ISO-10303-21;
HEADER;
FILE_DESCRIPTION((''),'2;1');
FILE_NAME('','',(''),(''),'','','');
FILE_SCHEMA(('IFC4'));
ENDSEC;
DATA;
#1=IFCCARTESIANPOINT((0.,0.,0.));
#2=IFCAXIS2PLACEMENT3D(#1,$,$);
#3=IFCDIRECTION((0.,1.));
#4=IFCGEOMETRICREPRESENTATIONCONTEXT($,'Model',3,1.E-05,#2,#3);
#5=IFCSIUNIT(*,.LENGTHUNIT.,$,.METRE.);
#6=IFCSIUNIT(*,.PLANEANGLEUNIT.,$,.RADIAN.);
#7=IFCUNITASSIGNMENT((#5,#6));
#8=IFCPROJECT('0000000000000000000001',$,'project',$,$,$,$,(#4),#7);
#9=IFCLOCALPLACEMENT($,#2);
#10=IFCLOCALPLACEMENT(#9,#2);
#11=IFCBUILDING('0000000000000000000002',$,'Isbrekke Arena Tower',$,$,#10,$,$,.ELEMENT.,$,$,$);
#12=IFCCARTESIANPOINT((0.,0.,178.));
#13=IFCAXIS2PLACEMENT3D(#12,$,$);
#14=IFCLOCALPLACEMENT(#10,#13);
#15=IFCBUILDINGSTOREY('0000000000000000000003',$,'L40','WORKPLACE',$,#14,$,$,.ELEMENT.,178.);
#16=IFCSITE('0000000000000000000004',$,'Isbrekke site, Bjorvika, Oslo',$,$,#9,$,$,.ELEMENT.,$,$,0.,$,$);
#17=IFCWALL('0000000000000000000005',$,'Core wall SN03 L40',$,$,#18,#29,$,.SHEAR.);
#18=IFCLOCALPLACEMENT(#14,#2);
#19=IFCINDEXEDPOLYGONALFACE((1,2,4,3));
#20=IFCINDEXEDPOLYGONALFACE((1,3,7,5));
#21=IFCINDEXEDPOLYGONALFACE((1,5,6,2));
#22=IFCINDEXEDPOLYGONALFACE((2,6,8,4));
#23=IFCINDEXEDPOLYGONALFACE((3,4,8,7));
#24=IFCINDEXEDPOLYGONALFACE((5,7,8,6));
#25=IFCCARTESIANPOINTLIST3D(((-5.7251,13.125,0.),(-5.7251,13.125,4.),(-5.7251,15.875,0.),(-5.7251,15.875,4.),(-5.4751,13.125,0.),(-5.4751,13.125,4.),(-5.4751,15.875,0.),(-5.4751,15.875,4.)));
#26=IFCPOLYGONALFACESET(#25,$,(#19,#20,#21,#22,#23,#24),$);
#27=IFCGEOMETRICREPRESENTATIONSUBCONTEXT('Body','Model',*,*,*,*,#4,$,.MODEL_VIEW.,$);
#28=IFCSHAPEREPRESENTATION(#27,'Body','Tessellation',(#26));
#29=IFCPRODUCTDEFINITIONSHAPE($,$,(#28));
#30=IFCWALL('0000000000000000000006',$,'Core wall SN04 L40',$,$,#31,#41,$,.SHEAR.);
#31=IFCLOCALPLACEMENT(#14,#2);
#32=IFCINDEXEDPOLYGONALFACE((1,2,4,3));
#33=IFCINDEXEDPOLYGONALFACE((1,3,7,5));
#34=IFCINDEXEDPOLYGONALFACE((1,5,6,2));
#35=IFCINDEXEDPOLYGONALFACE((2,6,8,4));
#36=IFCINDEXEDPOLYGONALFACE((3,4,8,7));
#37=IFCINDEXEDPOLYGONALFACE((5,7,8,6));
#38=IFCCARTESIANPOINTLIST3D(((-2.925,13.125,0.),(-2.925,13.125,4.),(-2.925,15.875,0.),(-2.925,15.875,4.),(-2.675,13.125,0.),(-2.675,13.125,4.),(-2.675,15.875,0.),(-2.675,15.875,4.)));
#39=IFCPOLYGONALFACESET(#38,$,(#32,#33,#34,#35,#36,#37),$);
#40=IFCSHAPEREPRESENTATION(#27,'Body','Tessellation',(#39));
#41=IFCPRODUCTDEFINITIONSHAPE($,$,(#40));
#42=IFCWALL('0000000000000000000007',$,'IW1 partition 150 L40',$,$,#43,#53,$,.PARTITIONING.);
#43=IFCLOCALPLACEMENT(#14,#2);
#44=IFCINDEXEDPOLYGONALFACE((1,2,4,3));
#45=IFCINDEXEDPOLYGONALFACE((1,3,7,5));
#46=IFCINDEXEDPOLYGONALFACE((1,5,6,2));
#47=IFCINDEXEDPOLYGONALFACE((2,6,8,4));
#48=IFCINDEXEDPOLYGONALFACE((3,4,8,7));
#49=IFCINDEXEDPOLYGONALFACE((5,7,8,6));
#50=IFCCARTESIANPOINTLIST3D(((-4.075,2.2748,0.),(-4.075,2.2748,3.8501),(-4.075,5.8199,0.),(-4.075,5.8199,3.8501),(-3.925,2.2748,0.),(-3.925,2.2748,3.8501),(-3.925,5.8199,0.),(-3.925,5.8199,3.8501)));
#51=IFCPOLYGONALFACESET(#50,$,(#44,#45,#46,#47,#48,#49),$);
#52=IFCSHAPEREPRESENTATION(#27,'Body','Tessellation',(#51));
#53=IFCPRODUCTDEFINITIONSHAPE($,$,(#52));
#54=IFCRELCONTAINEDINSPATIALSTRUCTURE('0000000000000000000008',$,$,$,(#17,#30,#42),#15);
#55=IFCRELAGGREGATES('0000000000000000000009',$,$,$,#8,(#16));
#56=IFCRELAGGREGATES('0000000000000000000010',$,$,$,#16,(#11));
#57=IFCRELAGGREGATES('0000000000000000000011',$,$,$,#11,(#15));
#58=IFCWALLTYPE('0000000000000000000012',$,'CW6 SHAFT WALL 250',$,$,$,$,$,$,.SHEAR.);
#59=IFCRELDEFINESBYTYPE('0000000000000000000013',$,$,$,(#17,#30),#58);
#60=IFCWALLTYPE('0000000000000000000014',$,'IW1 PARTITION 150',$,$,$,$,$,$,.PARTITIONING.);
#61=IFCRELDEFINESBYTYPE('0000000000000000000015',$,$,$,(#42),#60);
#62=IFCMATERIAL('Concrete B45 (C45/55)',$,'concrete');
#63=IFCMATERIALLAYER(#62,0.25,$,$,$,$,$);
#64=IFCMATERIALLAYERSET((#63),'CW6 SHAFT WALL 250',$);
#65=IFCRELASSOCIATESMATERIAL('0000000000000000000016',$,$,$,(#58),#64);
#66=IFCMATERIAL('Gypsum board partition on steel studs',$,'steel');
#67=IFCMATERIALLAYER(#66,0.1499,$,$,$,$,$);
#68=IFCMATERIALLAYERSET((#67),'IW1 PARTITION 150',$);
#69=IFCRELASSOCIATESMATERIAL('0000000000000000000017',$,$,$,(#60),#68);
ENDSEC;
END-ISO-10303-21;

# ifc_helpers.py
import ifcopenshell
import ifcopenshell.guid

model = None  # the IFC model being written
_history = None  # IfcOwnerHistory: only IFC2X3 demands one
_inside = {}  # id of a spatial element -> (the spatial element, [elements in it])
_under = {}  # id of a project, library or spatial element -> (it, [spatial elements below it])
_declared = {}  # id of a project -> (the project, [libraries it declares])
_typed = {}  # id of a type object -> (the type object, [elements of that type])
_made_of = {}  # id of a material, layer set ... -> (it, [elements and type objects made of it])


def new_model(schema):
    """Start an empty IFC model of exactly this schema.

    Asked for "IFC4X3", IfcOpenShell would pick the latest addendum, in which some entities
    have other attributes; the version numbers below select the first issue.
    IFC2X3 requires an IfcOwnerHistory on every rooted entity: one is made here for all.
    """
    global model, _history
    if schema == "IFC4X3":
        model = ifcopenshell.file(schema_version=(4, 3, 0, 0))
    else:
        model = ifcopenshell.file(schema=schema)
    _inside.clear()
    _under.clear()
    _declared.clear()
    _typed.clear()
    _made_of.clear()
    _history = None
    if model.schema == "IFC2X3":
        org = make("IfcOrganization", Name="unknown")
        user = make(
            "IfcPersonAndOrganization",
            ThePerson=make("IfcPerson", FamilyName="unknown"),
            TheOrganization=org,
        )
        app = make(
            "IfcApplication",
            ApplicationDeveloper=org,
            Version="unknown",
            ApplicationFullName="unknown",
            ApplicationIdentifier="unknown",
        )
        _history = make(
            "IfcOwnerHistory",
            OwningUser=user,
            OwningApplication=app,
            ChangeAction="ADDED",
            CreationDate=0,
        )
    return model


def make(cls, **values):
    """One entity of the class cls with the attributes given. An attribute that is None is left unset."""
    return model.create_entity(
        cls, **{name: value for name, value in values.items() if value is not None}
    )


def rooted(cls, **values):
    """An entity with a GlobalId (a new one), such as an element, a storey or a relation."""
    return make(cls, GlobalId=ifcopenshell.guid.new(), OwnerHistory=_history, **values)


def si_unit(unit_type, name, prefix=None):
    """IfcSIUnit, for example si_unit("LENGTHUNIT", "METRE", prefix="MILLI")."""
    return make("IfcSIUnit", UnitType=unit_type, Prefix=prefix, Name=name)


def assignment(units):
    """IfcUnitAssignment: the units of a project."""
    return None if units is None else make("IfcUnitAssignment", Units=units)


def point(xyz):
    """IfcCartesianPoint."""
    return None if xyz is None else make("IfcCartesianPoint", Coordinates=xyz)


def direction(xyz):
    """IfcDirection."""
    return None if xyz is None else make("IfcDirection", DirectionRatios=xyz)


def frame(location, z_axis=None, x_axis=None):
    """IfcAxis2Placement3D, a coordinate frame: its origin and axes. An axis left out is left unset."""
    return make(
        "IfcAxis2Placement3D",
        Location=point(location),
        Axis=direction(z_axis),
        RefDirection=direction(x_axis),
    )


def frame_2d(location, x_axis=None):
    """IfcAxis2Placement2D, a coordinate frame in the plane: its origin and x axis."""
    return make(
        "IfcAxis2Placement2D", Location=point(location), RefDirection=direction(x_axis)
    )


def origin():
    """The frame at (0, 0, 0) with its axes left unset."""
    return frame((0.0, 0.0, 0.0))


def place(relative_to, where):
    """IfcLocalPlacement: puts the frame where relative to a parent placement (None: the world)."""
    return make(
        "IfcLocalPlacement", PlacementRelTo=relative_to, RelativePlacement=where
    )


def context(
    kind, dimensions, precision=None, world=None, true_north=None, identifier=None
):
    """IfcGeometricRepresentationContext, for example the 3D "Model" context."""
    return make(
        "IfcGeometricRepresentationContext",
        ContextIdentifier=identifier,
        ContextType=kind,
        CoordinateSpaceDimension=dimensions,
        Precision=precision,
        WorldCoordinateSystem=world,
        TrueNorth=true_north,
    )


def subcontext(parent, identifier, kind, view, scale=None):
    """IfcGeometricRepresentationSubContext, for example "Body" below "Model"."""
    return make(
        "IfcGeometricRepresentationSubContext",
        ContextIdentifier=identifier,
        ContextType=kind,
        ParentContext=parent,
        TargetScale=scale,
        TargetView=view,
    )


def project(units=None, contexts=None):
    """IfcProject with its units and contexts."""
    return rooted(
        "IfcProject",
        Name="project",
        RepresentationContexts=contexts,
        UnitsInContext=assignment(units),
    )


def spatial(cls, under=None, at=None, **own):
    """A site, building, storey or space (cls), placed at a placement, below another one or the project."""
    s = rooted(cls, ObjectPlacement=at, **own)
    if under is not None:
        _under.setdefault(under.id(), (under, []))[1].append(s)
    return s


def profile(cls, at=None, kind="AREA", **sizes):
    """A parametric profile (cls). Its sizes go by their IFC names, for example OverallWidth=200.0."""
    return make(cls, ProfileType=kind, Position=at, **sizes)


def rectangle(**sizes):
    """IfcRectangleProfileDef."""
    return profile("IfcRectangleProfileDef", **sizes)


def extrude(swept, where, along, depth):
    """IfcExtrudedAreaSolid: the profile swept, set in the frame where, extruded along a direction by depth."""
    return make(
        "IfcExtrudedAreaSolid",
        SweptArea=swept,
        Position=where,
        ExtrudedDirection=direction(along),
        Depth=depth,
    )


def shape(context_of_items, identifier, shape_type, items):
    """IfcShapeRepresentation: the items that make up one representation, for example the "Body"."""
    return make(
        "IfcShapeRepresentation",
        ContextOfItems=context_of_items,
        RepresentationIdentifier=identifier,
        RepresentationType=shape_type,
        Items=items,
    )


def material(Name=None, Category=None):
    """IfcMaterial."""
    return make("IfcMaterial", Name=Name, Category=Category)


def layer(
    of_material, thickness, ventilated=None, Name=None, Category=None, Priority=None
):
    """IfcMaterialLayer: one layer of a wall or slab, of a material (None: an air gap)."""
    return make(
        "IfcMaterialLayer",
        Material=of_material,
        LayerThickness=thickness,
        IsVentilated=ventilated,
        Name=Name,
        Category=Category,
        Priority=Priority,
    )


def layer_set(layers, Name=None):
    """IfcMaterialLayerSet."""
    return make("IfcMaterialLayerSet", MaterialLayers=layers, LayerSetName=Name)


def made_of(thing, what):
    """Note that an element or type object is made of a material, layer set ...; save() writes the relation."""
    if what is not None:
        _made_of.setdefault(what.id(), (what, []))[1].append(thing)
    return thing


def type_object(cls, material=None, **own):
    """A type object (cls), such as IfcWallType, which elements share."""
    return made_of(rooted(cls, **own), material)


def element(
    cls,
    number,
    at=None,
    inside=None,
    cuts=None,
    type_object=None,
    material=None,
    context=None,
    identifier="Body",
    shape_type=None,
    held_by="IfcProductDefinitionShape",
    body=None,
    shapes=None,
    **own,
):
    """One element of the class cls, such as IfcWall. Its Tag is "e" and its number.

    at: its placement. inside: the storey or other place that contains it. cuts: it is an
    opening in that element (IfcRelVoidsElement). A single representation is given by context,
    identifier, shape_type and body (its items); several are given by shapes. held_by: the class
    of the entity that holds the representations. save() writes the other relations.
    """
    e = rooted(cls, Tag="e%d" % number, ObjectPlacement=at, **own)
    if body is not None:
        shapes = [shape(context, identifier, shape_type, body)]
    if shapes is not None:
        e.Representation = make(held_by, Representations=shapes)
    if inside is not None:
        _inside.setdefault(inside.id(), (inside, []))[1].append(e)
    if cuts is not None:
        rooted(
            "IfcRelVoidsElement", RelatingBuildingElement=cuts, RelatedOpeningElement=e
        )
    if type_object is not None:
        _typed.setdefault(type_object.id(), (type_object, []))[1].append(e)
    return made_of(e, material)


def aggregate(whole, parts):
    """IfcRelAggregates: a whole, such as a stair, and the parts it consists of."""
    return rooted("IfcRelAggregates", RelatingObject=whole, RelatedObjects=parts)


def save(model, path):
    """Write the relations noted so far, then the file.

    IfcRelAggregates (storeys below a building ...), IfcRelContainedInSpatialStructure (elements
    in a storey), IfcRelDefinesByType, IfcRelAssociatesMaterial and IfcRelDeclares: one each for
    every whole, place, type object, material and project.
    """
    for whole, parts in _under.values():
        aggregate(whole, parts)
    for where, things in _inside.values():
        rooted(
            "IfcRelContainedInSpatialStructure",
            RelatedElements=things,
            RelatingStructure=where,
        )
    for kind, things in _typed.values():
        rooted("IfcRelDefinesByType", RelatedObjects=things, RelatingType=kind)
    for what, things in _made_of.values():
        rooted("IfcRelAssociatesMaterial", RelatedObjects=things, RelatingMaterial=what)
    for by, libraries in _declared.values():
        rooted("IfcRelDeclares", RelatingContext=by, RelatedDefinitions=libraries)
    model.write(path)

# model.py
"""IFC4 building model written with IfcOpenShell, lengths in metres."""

from ifc_helpers import new_model, si_unit, direction, frame, frame_2d, origin, place, context, subcontext, project, spatial, rectangle, extrude, material, layer, layer_set, type_object, element, save


model = new_model("IFC4")

# Units and contexts
model_context = context("Model", 3, precision=1e-05, world=origin(), true_north=direction((0.0, 1.0)))
body_context = subcontext(model_context, "Body", "Model", "MODEL_VIEW")
ifc_project = project(units=[si_unit("LENGTHUNIT", "METRE"), si_unit("PLANEANGLEUNIT", "RADIAN")], contexts=[model_context])

# Site, building, storey
site_placement = place(None, origin())
site = spatial("IfcSite", under=ifc_project, at=site_placement, Name="Isbrekke site, Bjorvika, Oslo", CompositionType="ELEMENT", RefElevation=0.0)
building_placement = place(site_placement, origin())
building = spatial("IfcBuilding", under=site, at=building_placement, Name="Isbrekke Arena Tower", CompositionType="ELEMENT")
storey_placement = place(building_placement, frame((0.0, 0.0, 178.0)))
storey = spatial("IfcBuildingStorey", under=building, at=storey_placement, Name="L40", Description="WORKPLACE", CompositionType="ELEMENT", Elevation=178.0)

# Shared definitions
ifc_material_1 = material(Name="Concrete B45 (C45/55)", Category="concrete")
ifc_layer_1 = layer(ifc_material_1, 0.25)
ifc_layer_set_1 = layer_set([ifc_layer_1], Name="CW6 SHAFT WALL 250")
wall_type_1 = type_object("IfcWallType", Name="CW6 SHAFT WALL 250", PredefinedType="SHEAR", material=ifc_layer_set_1)

# Walls
for number, where, z_axis, x_axis, name in (
    (1, (-5.6001, 13.125, 0.0), (0.0, 0.0, 1.0), (0.0, 1.0, 0.0), "Core wall SN03 L40"),
    (2, (-2.8, 13.125, 0.0), (0.0, 0.0, 1.0), (0.0, 1.0, 0.0), "Core wall SN04 L40"),
):
    element("IfcWall", number, at=place(storey_placement, frame(where, z_axis=z_axis, x_axis=x_axis)), inside=storey, type_object=wall_type_1, Name=name, PredefinedType="SHEAR", context=body_context, shape_type="SweptSolid", body=[
        extrude(rectangle(XDim=2.75, YDim=0.25, at=frame_2d((1.375, 0.0))), origin(), (0.0, 0.0, 1.0), 4.0),
    ])
ifc_material_2 = material(Name="Gypsum board partition on steel studs", Category="steel")
ifc_layer_2 = layer(ifc_material_2, 0.1499)
ifc_layer_set_2 = layer_set([ifc_layer_2], Name="IW1 PARTITION 150")
wall_type_2 = type_object("IfcWallType", Name="IW1 PARTITION 150", PredefinedType="PARTITIONING", material=ifc_layer_set_2)
wall_1_placement = place(storey_placement, frame((-4.0, 2.2749, 0.0), z_axis=(0.0, 0.0, 1.0), x_axis=(0.0, 1.0, 0.0)))
element("IfcWall", 3, at=wall_1_placement, inside=storey, type_object=wall_type_2, Name="IW1 partition 150 L40", PredefinedType="PARTITIONING", context=body_context, shape_type="SweptSolid", body=[
    extrude(rectangle(XDim=3.5452, YDim=0.1499, at=frame_2d((1.7725, 0.0))), origin(), (0.0, 0.0, 1.0), 3.8501),
])

save(model, "model.ifc")
